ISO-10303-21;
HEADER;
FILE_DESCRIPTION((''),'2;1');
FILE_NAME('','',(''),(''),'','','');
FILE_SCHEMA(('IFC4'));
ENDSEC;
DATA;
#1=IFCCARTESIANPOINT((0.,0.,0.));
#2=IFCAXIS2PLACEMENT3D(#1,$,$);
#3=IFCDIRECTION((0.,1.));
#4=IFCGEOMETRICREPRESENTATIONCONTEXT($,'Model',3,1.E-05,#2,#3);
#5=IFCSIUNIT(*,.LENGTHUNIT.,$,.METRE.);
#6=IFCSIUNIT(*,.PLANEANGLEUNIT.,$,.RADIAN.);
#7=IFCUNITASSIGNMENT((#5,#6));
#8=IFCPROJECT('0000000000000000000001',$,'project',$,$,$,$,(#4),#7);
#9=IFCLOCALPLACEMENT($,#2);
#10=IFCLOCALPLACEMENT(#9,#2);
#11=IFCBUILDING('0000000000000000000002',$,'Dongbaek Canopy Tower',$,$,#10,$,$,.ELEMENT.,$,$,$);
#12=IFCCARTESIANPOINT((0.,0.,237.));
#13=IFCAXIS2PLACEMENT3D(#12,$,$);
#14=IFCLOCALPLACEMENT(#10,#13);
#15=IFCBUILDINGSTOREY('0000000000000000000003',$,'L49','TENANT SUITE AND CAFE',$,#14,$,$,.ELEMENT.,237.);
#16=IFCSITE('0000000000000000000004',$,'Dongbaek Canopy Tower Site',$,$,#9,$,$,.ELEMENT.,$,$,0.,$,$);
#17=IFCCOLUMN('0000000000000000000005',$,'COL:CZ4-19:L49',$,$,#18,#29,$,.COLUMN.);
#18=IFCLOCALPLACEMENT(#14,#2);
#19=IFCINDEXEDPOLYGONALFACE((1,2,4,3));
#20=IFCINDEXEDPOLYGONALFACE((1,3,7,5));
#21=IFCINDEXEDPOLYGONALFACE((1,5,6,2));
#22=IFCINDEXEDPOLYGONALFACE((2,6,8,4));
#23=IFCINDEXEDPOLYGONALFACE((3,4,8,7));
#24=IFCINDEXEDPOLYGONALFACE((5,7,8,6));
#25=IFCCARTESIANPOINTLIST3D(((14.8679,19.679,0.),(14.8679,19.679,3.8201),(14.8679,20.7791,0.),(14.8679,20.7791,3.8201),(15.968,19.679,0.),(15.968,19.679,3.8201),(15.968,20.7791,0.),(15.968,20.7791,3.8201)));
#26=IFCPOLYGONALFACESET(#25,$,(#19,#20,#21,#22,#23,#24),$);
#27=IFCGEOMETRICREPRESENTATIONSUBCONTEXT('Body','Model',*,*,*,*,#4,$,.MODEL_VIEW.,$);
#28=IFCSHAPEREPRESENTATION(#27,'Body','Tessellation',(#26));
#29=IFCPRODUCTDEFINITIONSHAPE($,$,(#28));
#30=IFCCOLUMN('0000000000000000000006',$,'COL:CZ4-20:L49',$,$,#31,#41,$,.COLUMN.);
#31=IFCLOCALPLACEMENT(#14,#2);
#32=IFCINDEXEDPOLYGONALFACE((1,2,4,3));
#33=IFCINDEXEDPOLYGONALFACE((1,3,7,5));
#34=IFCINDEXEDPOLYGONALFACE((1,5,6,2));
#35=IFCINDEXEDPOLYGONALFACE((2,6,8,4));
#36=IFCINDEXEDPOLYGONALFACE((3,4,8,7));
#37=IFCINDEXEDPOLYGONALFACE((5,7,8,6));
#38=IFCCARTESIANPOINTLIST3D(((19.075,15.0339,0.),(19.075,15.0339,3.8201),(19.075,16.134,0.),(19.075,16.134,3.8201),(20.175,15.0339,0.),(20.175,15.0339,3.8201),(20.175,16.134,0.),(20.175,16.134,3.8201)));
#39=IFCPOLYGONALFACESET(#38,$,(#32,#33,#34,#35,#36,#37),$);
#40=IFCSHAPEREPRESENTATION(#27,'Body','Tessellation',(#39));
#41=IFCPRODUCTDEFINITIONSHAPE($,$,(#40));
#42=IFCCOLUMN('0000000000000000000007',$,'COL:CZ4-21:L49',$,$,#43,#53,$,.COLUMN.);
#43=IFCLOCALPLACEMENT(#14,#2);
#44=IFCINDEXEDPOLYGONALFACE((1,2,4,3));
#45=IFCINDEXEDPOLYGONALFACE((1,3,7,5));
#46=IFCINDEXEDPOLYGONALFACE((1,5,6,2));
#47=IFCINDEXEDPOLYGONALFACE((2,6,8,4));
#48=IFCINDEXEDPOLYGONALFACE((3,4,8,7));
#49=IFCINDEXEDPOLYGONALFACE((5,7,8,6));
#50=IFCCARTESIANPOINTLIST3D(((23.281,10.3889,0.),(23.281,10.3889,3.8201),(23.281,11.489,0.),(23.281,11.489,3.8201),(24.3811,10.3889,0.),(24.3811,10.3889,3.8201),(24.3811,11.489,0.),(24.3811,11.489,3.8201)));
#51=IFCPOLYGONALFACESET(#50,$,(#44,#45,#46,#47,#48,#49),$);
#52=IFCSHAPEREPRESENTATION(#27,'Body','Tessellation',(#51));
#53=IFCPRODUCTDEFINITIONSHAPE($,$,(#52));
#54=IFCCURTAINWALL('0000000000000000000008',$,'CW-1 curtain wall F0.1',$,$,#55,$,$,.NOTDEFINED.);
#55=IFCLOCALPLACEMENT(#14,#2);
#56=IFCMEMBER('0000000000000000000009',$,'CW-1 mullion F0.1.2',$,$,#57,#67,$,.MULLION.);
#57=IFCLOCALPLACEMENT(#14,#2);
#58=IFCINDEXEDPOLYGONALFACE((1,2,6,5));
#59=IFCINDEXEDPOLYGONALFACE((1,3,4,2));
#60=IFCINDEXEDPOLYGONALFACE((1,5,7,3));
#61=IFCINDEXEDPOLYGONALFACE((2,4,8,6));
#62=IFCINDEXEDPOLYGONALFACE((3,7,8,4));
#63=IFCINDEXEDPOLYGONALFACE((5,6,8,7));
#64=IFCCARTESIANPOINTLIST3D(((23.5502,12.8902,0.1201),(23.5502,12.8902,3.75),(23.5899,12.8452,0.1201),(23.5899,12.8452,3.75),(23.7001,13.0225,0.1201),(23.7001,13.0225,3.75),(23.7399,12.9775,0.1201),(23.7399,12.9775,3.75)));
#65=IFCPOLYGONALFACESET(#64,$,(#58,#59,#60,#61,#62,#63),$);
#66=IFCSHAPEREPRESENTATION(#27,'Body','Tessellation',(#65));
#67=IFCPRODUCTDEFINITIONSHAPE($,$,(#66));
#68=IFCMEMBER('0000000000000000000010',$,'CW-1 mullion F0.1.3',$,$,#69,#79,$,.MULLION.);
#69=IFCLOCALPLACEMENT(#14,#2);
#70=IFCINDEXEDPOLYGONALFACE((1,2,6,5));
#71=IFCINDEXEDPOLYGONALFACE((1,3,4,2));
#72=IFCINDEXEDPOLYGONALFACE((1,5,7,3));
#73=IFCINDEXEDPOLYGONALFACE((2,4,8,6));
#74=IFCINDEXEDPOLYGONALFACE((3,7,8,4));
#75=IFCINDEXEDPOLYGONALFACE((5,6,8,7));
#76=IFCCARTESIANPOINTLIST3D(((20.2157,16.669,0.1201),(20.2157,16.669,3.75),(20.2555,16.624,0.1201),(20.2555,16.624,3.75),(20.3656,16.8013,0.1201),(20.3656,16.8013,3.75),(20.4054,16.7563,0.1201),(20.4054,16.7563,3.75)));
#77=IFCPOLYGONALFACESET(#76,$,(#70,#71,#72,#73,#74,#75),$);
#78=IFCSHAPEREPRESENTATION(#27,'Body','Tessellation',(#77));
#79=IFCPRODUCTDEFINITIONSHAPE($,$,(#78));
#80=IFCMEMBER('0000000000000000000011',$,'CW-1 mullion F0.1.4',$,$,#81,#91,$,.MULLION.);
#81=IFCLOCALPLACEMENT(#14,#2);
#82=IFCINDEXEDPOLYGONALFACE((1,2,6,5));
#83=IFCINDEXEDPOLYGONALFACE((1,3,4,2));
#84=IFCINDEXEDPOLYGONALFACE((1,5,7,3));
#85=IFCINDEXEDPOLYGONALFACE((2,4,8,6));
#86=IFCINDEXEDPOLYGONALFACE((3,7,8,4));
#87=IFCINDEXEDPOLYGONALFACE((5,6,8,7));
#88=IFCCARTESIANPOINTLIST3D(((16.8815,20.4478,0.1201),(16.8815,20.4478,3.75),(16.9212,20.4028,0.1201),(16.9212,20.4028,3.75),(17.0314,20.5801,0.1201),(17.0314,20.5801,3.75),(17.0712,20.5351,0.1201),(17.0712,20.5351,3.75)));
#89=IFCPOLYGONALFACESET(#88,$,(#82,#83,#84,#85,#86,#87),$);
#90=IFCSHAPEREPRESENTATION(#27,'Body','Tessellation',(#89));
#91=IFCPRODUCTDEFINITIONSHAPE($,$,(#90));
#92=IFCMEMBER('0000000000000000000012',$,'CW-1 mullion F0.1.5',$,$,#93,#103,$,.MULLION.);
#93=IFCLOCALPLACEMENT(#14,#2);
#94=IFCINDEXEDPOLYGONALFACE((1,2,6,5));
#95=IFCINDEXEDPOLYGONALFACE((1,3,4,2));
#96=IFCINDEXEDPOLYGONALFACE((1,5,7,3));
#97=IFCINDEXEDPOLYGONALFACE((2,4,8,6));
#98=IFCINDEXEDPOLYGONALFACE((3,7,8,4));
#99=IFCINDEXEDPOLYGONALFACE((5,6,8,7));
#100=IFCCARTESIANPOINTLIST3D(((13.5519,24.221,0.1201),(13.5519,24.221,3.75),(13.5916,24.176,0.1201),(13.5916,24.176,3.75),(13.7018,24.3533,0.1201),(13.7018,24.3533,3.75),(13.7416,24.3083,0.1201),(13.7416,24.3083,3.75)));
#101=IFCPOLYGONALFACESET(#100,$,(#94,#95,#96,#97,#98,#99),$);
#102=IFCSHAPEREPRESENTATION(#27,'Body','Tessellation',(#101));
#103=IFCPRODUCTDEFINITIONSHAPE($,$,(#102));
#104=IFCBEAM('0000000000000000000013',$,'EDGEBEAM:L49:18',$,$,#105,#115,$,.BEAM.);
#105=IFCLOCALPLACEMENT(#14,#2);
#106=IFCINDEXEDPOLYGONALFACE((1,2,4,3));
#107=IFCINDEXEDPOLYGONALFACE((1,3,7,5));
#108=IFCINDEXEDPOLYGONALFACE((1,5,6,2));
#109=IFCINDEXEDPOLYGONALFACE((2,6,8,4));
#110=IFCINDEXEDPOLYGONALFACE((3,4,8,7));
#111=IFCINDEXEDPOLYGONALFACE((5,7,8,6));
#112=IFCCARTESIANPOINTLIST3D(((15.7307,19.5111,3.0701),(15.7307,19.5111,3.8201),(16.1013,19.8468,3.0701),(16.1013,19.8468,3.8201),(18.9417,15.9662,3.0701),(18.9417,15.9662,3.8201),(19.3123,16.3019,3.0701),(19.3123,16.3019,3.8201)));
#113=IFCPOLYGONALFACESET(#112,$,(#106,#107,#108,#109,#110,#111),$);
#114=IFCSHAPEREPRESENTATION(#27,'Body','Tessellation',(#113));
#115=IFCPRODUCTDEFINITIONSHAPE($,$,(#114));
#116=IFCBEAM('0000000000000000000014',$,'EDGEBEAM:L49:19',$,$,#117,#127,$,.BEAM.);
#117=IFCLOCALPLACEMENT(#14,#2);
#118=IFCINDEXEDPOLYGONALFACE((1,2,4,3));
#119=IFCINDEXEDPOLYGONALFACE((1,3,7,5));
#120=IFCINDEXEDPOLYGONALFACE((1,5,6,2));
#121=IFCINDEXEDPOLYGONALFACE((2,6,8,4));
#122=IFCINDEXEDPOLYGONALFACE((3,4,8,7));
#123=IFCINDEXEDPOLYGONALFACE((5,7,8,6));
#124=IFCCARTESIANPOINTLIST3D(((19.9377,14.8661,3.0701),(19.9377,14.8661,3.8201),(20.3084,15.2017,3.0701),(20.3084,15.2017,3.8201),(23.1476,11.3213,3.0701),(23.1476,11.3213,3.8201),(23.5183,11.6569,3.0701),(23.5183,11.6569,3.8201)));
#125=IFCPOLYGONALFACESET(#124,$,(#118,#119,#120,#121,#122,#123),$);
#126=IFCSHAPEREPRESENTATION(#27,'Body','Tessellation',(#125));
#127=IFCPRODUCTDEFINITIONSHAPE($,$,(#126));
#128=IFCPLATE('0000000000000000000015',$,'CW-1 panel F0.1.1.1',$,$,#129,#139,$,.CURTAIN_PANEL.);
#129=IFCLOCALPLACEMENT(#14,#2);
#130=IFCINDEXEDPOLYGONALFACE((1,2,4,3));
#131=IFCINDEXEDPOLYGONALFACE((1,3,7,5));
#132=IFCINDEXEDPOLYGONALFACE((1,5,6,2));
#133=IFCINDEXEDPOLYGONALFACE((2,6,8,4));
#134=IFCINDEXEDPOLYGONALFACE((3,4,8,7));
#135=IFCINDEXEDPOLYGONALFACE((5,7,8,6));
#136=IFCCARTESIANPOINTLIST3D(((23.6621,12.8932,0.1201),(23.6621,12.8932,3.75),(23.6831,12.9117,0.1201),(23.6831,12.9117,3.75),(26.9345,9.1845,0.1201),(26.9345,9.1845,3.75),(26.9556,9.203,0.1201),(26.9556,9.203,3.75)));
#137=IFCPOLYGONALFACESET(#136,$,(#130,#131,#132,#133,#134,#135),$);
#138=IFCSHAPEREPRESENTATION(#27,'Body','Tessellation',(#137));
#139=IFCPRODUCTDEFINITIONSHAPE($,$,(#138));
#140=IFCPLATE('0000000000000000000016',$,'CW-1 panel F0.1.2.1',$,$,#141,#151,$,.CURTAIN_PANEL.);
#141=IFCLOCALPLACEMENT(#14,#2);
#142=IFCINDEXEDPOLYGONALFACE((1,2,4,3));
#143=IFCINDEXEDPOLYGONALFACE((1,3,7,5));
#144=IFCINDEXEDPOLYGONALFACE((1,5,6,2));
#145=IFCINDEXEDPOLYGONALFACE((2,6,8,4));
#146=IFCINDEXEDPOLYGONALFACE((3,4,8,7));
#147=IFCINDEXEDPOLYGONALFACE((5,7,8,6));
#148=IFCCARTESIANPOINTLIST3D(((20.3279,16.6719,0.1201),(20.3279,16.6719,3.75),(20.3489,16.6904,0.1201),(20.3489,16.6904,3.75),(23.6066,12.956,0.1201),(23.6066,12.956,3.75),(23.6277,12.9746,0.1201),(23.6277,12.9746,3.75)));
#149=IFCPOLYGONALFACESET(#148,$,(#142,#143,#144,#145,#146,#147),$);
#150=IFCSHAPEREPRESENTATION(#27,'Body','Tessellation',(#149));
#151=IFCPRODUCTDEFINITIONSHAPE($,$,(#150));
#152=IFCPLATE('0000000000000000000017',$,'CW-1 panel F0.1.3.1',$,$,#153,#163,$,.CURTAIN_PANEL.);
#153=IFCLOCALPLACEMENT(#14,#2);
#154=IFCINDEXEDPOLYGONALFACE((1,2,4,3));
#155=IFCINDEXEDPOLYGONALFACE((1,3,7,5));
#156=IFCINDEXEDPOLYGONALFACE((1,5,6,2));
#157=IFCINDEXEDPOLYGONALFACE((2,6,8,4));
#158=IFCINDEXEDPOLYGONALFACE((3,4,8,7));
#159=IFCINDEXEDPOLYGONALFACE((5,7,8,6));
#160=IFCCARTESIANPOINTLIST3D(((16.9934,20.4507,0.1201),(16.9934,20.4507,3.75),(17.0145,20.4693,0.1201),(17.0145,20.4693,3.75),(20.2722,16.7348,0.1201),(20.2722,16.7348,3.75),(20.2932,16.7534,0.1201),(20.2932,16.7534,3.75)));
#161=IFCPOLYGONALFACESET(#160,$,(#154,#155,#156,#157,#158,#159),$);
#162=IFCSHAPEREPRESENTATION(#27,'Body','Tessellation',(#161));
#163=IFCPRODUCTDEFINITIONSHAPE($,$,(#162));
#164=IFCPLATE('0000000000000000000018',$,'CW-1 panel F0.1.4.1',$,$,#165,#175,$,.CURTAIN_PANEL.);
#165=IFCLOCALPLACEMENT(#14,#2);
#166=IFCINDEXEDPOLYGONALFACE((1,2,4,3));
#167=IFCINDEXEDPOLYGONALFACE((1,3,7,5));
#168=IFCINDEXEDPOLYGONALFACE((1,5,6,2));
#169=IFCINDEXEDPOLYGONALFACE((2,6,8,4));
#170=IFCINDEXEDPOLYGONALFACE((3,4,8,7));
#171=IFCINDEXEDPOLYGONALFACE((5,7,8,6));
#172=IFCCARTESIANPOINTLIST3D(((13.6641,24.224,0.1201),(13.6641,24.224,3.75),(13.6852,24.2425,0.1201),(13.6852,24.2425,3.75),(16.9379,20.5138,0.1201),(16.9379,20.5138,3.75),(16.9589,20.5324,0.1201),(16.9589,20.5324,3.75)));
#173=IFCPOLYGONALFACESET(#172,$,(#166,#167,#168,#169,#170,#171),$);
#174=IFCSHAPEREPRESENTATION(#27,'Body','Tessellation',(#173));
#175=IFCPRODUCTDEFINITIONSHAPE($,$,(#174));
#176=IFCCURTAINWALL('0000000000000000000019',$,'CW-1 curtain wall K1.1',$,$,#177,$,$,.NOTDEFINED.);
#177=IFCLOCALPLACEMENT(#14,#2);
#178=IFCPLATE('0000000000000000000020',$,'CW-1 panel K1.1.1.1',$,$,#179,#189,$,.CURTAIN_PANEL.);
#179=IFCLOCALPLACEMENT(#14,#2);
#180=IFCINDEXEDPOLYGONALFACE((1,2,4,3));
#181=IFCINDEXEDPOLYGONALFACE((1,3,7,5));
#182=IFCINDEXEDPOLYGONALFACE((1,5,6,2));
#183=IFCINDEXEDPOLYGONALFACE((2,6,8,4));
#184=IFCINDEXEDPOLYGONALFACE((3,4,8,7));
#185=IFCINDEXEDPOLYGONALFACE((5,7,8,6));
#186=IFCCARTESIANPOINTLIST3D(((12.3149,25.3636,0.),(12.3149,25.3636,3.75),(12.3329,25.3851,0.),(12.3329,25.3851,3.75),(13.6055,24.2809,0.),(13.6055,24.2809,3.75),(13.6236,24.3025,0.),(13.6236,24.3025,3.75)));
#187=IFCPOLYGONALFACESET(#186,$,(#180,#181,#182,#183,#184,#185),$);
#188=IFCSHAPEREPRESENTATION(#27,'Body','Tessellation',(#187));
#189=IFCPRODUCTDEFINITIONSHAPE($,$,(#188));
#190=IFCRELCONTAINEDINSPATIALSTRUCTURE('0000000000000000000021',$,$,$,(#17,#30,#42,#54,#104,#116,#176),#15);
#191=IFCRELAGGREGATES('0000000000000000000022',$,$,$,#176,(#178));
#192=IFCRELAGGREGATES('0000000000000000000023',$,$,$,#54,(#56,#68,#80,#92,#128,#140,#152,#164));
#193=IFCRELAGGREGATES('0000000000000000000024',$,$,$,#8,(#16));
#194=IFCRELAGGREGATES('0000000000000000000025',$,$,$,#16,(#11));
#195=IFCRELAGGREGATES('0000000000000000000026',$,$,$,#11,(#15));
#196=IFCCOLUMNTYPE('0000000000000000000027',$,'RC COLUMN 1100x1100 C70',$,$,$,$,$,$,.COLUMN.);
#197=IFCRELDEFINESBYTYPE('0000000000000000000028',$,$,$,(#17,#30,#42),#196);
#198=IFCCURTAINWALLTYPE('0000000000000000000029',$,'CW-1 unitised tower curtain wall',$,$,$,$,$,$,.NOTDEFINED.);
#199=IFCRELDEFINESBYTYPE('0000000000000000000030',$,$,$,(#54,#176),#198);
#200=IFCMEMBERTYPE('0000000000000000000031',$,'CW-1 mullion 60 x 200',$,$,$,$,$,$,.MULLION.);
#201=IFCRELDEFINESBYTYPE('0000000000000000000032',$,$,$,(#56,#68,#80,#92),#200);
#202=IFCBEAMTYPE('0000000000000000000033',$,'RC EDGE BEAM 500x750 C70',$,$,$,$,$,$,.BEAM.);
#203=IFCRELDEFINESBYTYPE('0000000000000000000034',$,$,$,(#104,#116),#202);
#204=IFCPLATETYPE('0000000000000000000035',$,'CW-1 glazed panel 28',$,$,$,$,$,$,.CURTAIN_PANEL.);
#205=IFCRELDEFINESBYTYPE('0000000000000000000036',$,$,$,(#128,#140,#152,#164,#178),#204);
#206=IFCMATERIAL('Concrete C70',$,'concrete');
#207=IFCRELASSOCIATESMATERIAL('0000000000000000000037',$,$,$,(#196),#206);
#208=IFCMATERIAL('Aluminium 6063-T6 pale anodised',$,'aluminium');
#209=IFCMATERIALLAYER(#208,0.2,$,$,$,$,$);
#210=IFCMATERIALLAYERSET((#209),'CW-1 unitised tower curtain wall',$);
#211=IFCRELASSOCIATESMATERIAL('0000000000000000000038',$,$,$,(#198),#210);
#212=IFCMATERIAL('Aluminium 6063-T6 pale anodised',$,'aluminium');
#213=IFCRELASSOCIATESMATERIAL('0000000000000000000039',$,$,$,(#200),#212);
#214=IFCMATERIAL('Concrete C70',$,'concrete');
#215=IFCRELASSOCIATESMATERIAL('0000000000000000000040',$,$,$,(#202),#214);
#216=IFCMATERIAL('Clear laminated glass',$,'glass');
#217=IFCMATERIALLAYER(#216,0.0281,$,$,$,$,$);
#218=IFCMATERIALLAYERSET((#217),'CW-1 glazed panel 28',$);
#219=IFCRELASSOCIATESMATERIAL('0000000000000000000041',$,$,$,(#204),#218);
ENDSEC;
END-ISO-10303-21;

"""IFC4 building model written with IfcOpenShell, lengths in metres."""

from ifc_helpers import new_model, si_unit, direction, frame, origin, origin_2d, place, context, subcontext, project, spatial, rectangle, extrude, material, layer, layer_set, material_profile, profile_set, type_object, element, aggregate, save


model = new_model("IFC4")

# Units and contexts
model_context = context("Model", 3, precision=1e-05, world=origin(), true_north=direction((0.0, 1.0)))
body_context = subcontext(model_context, "Body", "Model", "MODEL_VIEW")
ifc_project = project(units=[si_unit("LENGTHUNIT", "METRE"), si_unit("PLANEANGLEUNIT", "RADIAN")], contexts=[model_context])

# Site, building, storey
site_placement = place(None, origin())
site = spatial("IfcSite", under=ifc_project, at=site_placement, Name="Dongbaek Canopy Tower Site", CompositionType="ELEMENT", RefElevation=0.0)
building_placement = place(site_placement, origin())
building = spatial("IfcBuilding", under=site, at=building_placement, Name="Dongbaek Canopy Tower", CompositionType="ELEMENT")
storey_placement = place(building_placement, frame((0.0, 0.0, 237.0)))
storey = spatial("IfcBuildingStorey", under=building, at=storey_placement, Name="L49", Description="TENANT SUITE AND CAFE", CompositionType="ELEMENT", Elevation=237.0)

# Columns
ifc_material_1 = material(Name="Concrete C70", Category="concrete")
ifc_material_profile_1 = material_profile(ifc_material_1, rectangle(XDim=1.1001, YDim=1.1001, at=origin_2d()), Name="RC COLUMN 1100x1100 C70")
ifc_profile_set_1 = profile_set([ifc_material_profile_1], Name="Concrete C70")
column_type = type_object("IfcColumnType", Name="RC COLUMN 1100x1100 C70", PredefinedType="COLUMN", material=ifc_profile_set_1)
for number, where, z_axis, x_axis, name in (
    (1, (15.418, 20.229, 0.0), (0.0, 0.0, 1.0), (1.0, 0.0, 0.0), "COL:CZ4-19:L49"),
    (2, (19.625, 15.584, 0.0), (0.0, 0.0, 1.0), (1.0, 0.0, 0.0), "COL:CZ4-20:L49"),
    (3, (23.8311, 10.939, 0.0), (0.0, 0.0, 1.0), (1.0, 0.0, 0.0), "COL:CZ4-21:L49"),
):
    element("IfcColumn", number, at=place(storey_placement, frame(where, z_axis=z_axis, x_axis=x_axis)), inside=storey, type_object=column_type, Name=name, PredefinedType="COLUMN", context=body_context, shape_type="SweptSolid", body=[
        extrude(rectangle(XDim=1.1001, YDim=1.1001, at=origin_2d()), origin(), (0.0, 0.0, 1.0), 3.8201),
    ])

# Curtain wall, members
ifc_material_2 = material(Name="Aluminium 6063-T6 pale anodised", Category="aluminium")
ifc_layer_1 = layer(ifc_material_2, 0.2)
ifc_layer_set_1 = layer_set([ifc_layer_1], Name="CW-1 unitised tower curtain wall")
curtain_wall_type = type_object("IfcCurtainWallType", Name="CW-1 unitised tower curtain wall", PredefinedType="NOTDEFINED", material=ifc_layer_set_1)
curtain_wall_1_placement = place(storey_placement, origin())
curtain_wall_1 = element("IfcCurtainWall", 4, at=curtain_wall_1_placement, inside=storey, type_object=curtain_wall_type, Name="CW-1 curtain wall F0.1", PredefinedType="NOTDEFINED")
ifc_material_3 = material(Name="Aluminium 6063-T6 pale anodised", Category="aluminium")
ifc_material_profile_2 = material_profile(ifc_material_3, rectangle(XDim=0.2, YDim=0.0601, at=origin_2d()), Name="CW-1 mullion 60 x 200")
ifc_profile_set_2 = profile_set([ifc_material_profile_2], Name="Aluminium 6063-T6 pale anodised")
member_type = type_object("IfcMemberType", Name="CW-1 mullion 60 x 200", PredefinedType="MULLION", material=ifc_profile_set_2)
member_1_placement = place(storey_placement, frame((23.645, 12.9338, 0.1201), z_axis=(0.0, 0.0, 1.0), x_axis=(0.749829, 0.661631, 0.0)))
member_1 = element("IfcMember", 5, at=member_1_placement, type_object=member_type, Name="CW-1 mullion F0.1.2", PredefinedType="MULLION", context=body_context, shape_type="SweptSolid", body=[
    extrude(rectangle(XDim=0.2, YDim=0.0601, at=origin_2d()), origin(), (0.0, 0.0, 1.0), 3.6299),
])
member_2_placement = place(storey_placement, frame((20.3105, 16.7126, 0.1201), z_axis=(0.0, 0.0, 1.0), x_axis=(0.749829, 0.661631, 0.0)))
member_2 = element("IfcMember", 6, at=member_2_placement, type_object=member_type, Name="CW-1 mullion F0.1.3", PredefinedType="MULLION", context=body_context, shape_type="SweptSolid", body=[
    extrude(rectangle(XDim=0.2, YDim=0.0601, at=origin_2d()), origin(), (0.0, 0.0, 1.0), 3.6299),
])
member_3_placement = place(storey_placement, frame((16.9763, 20.4915, 0.1201), z_axis=(0.0, 0.0, 1.0), x_axis=(0.749829, 0.661631, 0.0)))
member_3 = element("IfcMember", 7, at=member_3_placement, type_object=member_type, Name="CW-1 mullion F0.1.4", PredefinedType="MULLION", context=body_context, shape_type="SweptSolid", body=[
    extrude(rectangle(XDim=0.2, YDim=0.0601, at=origin_2d()), origin(), (0.0, 0.0, 1.0), 3.6299),
])
member_4_placement = place(storey_placement, frame((13.6467, 24.2646, 0.1201), z_axis=(0.0, 0.0, 1.0), x_axis=(0.749829, 0.661631, 0.0)))
member_4 = element("IfcMember", 8, at=member_4_placement, type_object=member_type, Name="CW-1 mullion F0.1.5", PredefinedType="MULLION", context=body_context, shape_type="SweptSolid", body=[
    extrude(rectangle(XDim=0.2, YDim=0.0601, at=origin_2d()), origin(), (0.0, 0.0, 1.0), 3.6299),
])

# Beams
ifc_material_4 = material(Name="Concrete C70", Category="concrete")
ifc_material_profile_3 = material_profile(ifc_material_4, rectangle(XDim=0.5, YDim=0.75, at=origin_2d()), Name="RC EDGE BEAM 500x750 C70")
ifc_profile_set_3 = profile_set([ifc_material_profile_3], Name="Concrete C70")
beam_type = type_object("IfcBeamType", Name="RC EDGE BEAM 500x750 C70", PredefinedType="BEAM", material=ifc_profile_set_3)
beam_1_placement = place(storey_placement, frame((15.916, 19.679, 3.4451), z_axis=(0.67133, -0.741158, 0.0), x_axis=(0.741158, 0.67133, 0.0)))
element("IfcBeam", 9, at=beam_1_placement, inside=storey, type_object=beam_type, Name="EDGEBEAM:L49:18", PredefinedType="BEAM", context=body_context, shape_type="SweptSolid", body=[
    extrude(rectangle(XDim=0.5, YDim=0.75, at=origin_2d()), origin(), (0.0, 0.0, 1.0), 4.783),
])
beam_2_placement = place(storey_placement, frame((20.123, 15.0339, 3.4451), z_axis=(0.671218, -0.74126, 0.0), x_axis=(0.74126, 0.671218, 0.0)))
element("IfcBeam", 10, at=beam_2_placement, inside=storey, type_object=beam_type, Name="EDGEBEAM:L49:19", PredefinedType="BEAM", context=body_context, shape_type="SweptSolid", body=[
    extrude(rectangle(XDim=0.5, YDim=0.75, at=origin_2d()), origin(), (0.0, 0.0, 1.0), 4.7822),
])

# Plates
ifc_material_5 = material(Name="Clear laminated glass", Category="glass")
ifc_layer_2 = layer(ifc_material_5, 0.0281)
ifc_layer_set_2 = layer_set([ifc_layer_2], Name="CW-1 glazed panel 28")
plate_type = type_object("IfcPlateType", Name="CW-1 glazed panel 28", PredefinedType="CURTAIN_PANEL", material=ifc_layer_set_2)
plate_1_placement = place(storey_placement, frame((25.3088, 11.0481, 0.1201), z_axis=(0.0, 0.0, 1.0), x_axis=(-0.661631, 0.749829, 0.0)))
plate_1 = element("IfcPlate", 11, at=plate_1_placement, type_object=plate_type, Name="CW-1 panel F0.1.1.1", PredefinedType="CURTAIN_PANEL", context=body_context, shape_type="SweptSolid", body=[
    extrude(rectangle(XDim=4.946, YDim=0.0281, at=origin_2d()), origin(), (0.0, 0.0, 1.0), 3.6299),
])
plate_2_placement = place(storey_placement, frame((21.9778, 14.8232, 0.1201), z_axis=(0.0, 0.0, 1.0), x_axis=(-0.661631, 0.749829, 0.0)))
plate_2 = element("IfcPlate", 12, at=plate_2_placement, type_object=plate_type, Name="CW-1 panel F0.1.2.1", PredefinedType="CURTAIN_PANEL", context=body_context, shape_type="SweptSolid", body=[
    extrude(rectangle(XDim=4.9556, YDim=0.0281, at=origin_2d()), origin(), (0.0, 0.0, 1.0), 3.6299),
])
plate_3_placement = place(storey_placement, frame((18.6433, 18.6021, 0.1201), z_axis=(0.0, 0.0, 1.0), x_axis=(-0.661631, 0.749829, 0.0)))
plate_3 = element("IfcPlate", 13, at=plate_3_placement, type_object=plate_type, Name="CW-1 panel F0.1.3.1", PredefinedType="CURTAIN_PANEL", context=body_context, shape_type="SweptSolid", body=[
    extrude(rectangle(XDim=4.9556, YDim=0.0281, at=origin_2d()), origin(), (0.0, 0.0, 1.0), 3.6299),
])
plate_4_placement = place(storey_placement, frame((15.3115, 22.3782, 0.1201), z_axis=(0.0, 0.0, 1.0), x_axis=(-0.661631, 0.749829, 0.0)))
plate_4 = element("IfcPlate", 14, at=plate_4_placement, type_object=plate_type, Name="CW-1 panel F0.1.4.1", PredefinedType="CURTAIN_PANEL", context=body_context, shape_type="SweptSolid", body=[
    extrude(rectangle(XDim=4.948, YDim=0.0281, at=origin_2d()), origin(), (0.0, 0.0, 1.0), 3.6299),
])

# Curtain wall, plate
curtain_wall_2_placement = place(storey_placement, origin())
curtain_wall_2 = element("IfcCurtainWall", 15, at=curtain_wall_2_placement, inside=storey, type_object=curtain_wall_type, Name="CW-1 curtain wall K1.1", PredefinedType="NOTDEFINED")
plate_5_placement = place(storey_placement, frame((12.9692, 24.833, 0.0), z_axis=(0.0, 0.0, 1.0), x_axis=(-0.766148, 0.642665, 0.0)))
plate_5 = element("IfcPlate", 16, at=plate_5_placement, type_object=plate_type, Name="CW-1 panel K1.1.1.1", PredefinedType="CURTAIN_PANEL", context=body_context, shape_type="SweptSolid", body=[
    extrude(rectangle(XDim=1.6846, YDim=0.0281, at=origin_2d()), origin(), (0.0, 0.0, 1.0), 3.75),
])
aggregate(curtain_wall_2, [plate_5])

aggregate(curtain_wall_1, [member_1, member_2, member_3, member_4, plate_1, plate_2, plate_3, plate_4])

save(model, "model.ifc")
